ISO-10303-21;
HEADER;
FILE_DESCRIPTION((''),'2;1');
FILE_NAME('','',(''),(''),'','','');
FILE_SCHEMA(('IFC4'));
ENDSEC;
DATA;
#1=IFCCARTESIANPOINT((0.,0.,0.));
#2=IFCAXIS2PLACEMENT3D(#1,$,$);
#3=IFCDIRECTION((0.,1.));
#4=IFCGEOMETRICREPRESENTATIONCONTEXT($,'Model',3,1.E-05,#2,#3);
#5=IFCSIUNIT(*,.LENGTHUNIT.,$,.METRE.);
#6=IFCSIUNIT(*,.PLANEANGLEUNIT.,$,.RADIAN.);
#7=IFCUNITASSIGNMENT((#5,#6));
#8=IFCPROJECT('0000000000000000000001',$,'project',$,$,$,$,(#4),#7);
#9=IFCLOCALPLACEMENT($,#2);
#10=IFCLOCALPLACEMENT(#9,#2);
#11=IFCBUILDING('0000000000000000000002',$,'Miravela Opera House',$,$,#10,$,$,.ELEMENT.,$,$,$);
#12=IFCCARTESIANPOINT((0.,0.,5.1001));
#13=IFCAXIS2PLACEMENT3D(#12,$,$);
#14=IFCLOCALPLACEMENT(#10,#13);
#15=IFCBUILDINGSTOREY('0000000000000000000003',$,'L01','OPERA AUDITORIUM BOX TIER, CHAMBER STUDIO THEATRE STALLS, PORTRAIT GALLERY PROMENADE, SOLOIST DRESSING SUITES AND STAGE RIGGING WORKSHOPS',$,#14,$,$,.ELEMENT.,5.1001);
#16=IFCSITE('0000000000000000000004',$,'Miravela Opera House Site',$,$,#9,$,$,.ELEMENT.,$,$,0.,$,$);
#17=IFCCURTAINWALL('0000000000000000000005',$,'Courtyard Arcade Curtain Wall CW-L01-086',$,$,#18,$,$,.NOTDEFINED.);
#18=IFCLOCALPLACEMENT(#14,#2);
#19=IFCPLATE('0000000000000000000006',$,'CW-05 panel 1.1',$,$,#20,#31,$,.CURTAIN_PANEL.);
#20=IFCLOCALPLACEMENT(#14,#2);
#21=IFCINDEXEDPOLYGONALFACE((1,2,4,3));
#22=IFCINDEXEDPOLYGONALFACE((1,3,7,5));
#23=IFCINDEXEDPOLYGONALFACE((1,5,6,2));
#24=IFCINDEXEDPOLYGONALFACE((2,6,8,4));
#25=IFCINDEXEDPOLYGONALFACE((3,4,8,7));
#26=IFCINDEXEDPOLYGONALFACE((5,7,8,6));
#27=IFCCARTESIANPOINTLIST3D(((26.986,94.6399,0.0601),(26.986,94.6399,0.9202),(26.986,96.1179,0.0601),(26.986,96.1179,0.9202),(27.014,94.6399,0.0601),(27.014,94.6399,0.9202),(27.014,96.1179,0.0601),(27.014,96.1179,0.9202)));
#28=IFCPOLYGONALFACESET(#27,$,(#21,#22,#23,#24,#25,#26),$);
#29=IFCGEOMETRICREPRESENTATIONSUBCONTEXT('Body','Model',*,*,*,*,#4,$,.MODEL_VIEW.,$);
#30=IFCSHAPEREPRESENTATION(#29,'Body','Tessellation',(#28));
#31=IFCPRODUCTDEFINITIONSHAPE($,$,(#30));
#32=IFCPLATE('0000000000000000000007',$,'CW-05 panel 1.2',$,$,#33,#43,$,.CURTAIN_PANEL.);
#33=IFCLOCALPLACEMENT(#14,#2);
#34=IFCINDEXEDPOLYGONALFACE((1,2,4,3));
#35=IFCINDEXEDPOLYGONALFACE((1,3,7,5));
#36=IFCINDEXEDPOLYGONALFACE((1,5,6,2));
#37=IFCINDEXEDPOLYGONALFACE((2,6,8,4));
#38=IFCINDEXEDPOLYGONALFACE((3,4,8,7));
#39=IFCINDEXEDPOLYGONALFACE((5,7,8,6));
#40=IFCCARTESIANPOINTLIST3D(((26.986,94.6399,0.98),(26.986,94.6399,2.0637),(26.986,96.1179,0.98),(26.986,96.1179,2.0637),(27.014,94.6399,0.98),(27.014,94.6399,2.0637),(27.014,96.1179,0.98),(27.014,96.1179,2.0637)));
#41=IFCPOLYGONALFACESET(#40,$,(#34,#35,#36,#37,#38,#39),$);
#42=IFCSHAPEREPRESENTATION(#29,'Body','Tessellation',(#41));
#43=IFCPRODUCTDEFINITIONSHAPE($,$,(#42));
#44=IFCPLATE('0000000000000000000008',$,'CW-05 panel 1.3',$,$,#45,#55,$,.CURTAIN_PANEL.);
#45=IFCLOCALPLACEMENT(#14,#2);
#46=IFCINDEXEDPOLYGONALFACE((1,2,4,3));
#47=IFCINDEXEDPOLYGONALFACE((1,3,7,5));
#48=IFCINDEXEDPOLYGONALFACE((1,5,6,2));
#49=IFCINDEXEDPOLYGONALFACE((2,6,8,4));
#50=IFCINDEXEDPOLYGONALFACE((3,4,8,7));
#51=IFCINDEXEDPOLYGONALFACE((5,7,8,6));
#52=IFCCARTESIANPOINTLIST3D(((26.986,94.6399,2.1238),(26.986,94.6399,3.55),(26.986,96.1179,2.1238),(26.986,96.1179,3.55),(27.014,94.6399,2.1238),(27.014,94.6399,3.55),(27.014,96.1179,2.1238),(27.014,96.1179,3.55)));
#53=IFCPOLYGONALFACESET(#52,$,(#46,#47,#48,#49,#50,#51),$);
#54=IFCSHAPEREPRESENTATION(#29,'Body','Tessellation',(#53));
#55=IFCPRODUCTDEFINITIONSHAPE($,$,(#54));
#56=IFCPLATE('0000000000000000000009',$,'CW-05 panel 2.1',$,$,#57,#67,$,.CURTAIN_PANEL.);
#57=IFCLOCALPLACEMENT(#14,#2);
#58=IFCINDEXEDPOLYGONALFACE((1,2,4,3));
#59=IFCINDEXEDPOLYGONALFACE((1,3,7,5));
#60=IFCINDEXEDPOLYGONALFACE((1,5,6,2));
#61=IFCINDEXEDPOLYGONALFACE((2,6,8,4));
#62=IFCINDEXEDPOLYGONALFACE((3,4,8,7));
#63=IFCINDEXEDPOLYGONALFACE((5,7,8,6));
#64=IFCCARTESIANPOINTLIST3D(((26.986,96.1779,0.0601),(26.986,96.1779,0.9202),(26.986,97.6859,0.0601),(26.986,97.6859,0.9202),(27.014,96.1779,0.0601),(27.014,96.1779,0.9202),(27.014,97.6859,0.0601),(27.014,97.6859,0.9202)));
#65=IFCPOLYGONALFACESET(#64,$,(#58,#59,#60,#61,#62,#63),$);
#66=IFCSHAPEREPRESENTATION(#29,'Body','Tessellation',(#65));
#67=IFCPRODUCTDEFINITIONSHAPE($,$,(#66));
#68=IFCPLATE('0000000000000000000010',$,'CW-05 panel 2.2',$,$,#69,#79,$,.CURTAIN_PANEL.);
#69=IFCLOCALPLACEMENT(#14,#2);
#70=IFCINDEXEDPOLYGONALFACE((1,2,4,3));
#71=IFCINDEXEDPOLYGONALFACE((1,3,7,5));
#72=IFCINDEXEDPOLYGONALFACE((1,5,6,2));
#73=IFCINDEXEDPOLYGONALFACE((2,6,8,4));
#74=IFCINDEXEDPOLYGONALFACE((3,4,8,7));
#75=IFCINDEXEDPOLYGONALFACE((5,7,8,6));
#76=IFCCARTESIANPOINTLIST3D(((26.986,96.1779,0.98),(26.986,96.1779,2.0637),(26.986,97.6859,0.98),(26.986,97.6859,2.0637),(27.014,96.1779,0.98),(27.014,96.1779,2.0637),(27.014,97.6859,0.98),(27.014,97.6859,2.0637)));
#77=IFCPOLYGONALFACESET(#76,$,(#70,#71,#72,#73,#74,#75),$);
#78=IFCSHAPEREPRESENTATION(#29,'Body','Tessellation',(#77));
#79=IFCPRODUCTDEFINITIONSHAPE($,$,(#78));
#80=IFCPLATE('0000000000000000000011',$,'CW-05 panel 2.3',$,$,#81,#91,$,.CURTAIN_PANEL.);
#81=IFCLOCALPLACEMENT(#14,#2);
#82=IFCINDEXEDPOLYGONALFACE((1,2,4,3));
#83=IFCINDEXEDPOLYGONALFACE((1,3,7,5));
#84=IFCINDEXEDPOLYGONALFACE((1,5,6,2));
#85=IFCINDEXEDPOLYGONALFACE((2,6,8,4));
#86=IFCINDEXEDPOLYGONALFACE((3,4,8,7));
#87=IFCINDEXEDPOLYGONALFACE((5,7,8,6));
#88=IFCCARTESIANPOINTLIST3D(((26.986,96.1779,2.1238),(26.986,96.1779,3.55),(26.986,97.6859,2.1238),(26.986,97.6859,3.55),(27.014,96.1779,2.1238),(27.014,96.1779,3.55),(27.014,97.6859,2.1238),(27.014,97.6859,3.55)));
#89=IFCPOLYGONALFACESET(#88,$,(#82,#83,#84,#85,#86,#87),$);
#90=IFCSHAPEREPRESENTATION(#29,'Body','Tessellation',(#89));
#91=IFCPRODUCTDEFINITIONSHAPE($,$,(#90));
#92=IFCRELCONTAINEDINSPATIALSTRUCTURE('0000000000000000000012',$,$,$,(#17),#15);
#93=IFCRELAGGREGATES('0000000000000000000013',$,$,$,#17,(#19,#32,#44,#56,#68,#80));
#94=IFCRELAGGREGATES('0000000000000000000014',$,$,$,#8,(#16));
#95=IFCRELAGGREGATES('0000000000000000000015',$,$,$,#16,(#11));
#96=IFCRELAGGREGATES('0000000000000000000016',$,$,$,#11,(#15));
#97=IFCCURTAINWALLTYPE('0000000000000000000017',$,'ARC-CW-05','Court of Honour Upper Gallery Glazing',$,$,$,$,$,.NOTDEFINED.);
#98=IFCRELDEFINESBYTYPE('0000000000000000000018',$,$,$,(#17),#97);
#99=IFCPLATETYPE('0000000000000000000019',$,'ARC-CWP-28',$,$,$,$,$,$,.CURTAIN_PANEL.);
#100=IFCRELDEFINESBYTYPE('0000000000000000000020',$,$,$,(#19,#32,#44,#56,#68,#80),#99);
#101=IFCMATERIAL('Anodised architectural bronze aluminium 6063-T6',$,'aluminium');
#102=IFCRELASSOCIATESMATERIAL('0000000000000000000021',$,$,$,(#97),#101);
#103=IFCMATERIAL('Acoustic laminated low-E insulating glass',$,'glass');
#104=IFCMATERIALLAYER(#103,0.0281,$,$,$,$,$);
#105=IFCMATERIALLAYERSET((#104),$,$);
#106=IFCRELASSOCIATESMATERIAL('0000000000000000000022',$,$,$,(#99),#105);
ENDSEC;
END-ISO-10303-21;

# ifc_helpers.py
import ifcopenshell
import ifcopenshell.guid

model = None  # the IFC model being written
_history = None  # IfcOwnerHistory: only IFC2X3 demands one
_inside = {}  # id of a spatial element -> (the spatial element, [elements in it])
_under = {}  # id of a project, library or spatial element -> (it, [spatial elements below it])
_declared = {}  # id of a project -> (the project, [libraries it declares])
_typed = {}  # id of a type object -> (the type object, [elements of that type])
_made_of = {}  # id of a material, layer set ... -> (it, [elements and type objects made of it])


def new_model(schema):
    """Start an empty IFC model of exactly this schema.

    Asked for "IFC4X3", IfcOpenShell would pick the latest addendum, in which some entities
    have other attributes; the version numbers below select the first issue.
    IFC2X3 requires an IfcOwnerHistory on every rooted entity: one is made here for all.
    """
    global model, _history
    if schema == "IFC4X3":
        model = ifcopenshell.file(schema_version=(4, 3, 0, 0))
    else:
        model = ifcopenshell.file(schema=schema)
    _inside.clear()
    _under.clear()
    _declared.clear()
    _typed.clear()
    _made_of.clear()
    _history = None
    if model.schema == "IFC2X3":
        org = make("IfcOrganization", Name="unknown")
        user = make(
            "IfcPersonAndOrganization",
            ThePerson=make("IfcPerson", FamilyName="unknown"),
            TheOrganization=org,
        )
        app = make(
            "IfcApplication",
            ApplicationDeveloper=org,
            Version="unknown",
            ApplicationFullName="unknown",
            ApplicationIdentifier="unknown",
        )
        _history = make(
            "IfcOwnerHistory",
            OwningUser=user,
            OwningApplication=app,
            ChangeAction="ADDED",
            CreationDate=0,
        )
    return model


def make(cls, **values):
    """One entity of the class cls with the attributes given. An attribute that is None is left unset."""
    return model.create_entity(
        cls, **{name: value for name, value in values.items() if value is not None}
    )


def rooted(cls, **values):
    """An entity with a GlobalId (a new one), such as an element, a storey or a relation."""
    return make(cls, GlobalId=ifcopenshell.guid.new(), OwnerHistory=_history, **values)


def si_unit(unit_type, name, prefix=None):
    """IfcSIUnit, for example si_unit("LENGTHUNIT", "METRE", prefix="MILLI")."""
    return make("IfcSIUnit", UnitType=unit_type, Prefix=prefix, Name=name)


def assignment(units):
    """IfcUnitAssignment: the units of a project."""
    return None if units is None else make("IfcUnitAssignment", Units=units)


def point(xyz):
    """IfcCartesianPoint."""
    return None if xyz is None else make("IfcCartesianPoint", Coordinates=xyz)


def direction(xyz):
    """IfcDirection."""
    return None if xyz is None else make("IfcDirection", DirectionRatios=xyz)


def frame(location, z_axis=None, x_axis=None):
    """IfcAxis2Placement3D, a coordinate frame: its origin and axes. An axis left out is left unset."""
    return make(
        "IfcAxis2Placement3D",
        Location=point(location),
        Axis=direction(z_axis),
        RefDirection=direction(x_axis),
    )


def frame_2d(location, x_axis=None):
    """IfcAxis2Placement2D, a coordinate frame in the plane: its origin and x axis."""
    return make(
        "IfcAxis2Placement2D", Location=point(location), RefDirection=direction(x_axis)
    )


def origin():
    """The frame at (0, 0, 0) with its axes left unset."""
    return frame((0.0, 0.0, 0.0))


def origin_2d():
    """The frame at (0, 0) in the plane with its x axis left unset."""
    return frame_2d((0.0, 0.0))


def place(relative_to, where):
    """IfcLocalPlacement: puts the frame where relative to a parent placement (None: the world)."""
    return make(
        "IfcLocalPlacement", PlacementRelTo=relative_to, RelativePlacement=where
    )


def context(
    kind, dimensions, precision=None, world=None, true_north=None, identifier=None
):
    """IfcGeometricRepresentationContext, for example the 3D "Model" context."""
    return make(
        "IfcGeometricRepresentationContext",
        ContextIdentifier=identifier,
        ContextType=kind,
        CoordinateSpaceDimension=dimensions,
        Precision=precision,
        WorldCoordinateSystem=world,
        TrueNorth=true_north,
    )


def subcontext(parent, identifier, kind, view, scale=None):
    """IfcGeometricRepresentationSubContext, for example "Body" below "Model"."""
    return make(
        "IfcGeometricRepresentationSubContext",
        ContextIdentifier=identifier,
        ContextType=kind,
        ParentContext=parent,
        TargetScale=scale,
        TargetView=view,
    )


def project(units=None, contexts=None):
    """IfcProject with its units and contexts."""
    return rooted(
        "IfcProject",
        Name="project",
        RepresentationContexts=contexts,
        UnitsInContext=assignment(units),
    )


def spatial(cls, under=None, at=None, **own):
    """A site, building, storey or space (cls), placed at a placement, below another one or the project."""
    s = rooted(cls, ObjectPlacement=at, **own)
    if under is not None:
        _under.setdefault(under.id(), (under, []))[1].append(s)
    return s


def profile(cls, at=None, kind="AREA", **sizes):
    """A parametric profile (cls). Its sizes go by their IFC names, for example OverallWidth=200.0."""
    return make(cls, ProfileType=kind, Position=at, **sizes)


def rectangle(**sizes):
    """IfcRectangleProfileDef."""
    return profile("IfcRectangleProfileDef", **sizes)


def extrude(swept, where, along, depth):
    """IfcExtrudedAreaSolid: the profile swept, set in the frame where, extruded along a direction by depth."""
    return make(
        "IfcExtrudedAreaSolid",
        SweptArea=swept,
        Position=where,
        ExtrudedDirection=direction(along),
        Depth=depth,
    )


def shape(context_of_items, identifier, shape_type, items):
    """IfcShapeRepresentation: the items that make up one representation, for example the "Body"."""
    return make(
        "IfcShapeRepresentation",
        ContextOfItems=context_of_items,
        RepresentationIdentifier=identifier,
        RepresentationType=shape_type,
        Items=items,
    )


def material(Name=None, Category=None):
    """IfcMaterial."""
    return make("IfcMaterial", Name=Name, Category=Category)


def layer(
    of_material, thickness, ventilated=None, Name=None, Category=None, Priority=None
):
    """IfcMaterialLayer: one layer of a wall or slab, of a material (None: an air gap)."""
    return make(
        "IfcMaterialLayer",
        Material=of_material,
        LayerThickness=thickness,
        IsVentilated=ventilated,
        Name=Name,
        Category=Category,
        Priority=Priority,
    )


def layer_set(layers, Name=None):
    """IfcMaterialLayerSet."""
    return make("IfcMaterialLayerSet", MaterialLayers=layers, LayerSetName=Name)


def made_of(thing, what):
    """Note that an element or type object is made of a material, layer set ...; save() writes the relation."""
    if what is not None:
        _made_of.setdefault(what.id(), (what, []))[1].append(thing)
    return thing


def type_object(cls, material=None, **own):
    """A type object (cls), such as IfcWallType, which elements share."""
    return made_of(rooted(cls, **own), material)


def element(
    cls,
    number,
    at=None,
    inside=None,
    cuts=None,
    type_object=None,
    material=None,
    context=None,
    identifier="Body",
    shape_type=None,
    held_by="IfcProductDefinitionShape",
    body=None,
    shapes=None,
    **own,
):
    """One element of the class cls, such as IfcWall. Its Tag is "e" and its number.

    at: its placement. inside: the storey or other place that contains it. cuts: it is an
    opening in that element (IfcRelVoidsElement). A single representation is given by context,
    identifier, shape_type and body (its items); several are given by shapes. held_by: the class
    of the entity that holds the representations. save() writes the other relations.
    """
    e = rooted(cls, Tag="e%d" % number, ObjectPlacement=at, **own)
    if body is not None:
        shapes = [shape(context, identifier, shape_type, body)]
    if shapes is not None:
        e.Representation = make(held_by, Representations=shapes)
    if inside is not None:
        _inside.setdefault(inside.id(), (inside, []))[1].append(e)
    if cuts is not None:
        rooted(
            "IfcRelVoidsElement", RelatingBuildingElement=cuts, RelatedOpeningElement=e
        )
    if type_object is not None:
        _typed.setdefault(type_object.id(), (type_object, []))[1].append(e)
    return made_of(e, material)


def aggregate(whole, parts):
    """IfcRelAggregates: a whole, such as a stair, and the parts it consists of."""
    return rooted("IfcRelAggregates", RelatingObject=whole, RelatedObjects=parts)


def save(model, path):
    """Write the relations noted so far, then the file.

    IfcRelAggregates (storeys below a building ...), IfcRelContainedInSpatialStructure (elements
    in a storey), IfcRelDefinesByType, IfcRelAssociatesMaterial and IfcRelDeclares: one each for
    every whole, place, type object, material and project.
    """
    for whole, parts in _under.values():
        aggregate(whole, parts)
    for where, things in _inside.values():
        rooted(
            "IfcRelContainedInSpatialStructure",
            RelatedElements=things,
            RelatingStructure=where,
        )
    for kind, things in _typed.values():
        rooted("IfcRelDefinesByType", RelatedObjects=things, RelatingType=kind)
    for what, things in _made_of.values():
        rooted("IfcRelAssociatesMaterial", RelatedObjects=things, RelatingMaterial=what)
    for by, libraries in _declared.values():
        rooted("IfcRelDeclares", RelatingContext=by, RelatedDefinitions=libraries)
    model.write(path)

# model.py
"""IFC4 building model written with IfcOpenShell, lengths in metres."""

from ifc_helpers import new_model, si_unit, direction, frame, origin, origin_2d, place, context, subcontext, project, spatial, rectangle, extrude, material, layer, layer_set, type_object, element, aggregate, save


model = new_model("IFC4")

# Units and contexts
model_context = context("Model", 3, precision=1e-05, world=origin(), true_north=direction((0.0, 1.0)))
body_context = subcontext(model_context, "Body", "Model", "MODEL_VIEW")
ifc_project = project(units=[si_unit("LENGTHUNIT", "METRE"), si_unit("PLANEANGLEUNIT", "RADIAN")], contexts=[model_context])

# Site, building, storey
site_placement = place(None, origin())
site = spatial("IfcSite", under=ifc_project, at=site_placement, Name="Miravela Opera House Site", CompositionType="ELEMENT", RefElevation=0.0)
building_placement = place(site_placement, origin())
building = spatial("IfcBuilding", under=site, at=building_placement, Name="Miravela Opera House", CompositionType="ELEMENT")
storey_placement = place(building_placement, frame((0.0, 0.0, 5.1001)))
storey = spatial("IfcBuildingStorey", under=building, at=storey_placement, Name="L01", Description="OPERA AUDITORIUM BOX TIER, CHAMBER STUDIO THEATRE STALLS, PORTRAIT GALLERY PROMENADE, SOLOIST DRESSING SUITES AND STAGE RIGGING WORKSHOPS", CompositionType="ELEMENT", Elevation=5.1001)

# Shared definitions
ifc_material_1 = material(Name="Anodised architectural bronze aluminium 6063-T6", Category="aluminium")
curtain_wall_type = type_object("IfcCurtainWallType", Name="ARC-CW-05", Description="Court of Honour Upper Gallery Glazing", PredefinedType="NOTDEFINED", material=ifc_material_1)

# Curtain wall
curtain_wall_1_placement = place(storey_placement, origin())
curtain_wall_1 = element("IfcCurtainWall", 1, at=curtain_wall_1_placement, inside=storey, type_object=curtain_wall_type, Name="Courtyard Arcade Curtain Wall CW-L01-086", PredefinedType="NOTDEFINED")

# Plates
ifc_material_2 = material(Name="Acoustic laminated low-E insulating glass", Category="glass")
ifc_layer = layer(ifc_material_2, 0.0281)
ifc_layer_set = layer_set([ifc_layer])
plate_type = type_object("IfcPlateType", Name="ARC-CWP-28", PredefinedType="CURTAIN_PANEL", material=ifc_layer_set)
plate_1_placement = place(storey_placement, frame((27.0, 95.3789, 0.0601), z_axis=(0.0, 0.0, 1.0), x_axis=(0.0, 1.0, 0.0)))
plate_1 = element("IfcPlate", 2, at=plate_1_placement, type_object=plate_type, Name="CW-05 panel 1.1", PredefinedType="CURTAIN_PANEL", context=body_context, shape_type="SweptSolid", body=[
    extrude(rectangle(XDim=1.478, YDim=0.0281, at=origin_2d()), origin(), (0.0, 0.0, 1.0), 0.8601),
])
plate_2_placement = place(storey_placement, frame((27.0, 95.3789, 0.98), z_axis=(0.0, 0.0, 1.0), x_axis=(0.0, 1.0, 0.0)))
plate_2 = element("IfcPlate", 3, at=plate_2_placement, type_object=plate_type, Name="CW-05 panel 1.2", PredefinedType="CURTAIN_PANEL", context=body_context, shape_type="SweptSolid", body=[
    extrude(rectangle(XDim=1.478, YDim=0.0281, at=origin_2d()), origin(), (0.0, 0.0, 1.0), 1.0837),
])
plate_3_placement = place(storey_placement, frame((27.0, 95.3789, 2.1238), z_axis=(0.0, 0.0, 1.0), x_axis=(0.0, 1.0, 0.0)))
plate_3 = element("IfcPlate", 4, at=plate_3_placement, type_object=plate_type, Name="CW-05 panel 1.3", PredefinedType="CURTAIN_PANEL", context=body_context, shape_type="SweptSolid", body=[
    extrude(rectangle(XDim=1.478, YDim=0.0281, at=origin_2d()), origin(), (0.0, 0.0, 1.0), 1.4263),
])
plate_4_placement = place(storey_placement, frame((27.0, 96.9319, 0.0601), z_axis=(0.0, 0.0, 1.0), x_axis=(0.0, 1.0, 0.0)))
plate_4 = element("IfcPlate", 5, at=plate_4_placement, type_object=plate_type, Name="CW-05 panel 2.1", PredefinedType="CURTAIN_PANEL", context=body_context, shape_type="SweptSolid", body=[
    extrude(rectangle(XDim=1.5081, YDim=0.0281, at=origin_2d()), origin(), (0.0, 0.0, 1.0), 0.8601),
])
plate_5_placement = place(storey_placement, frame((27.0, 96.9319, 0.98), z_axis=(0.0, 0.0, 1.0), x_axis=(0.0, 1.0, 0.0)))
plate_5 = element("IfcPlate", 6, at=plate_5_placement, type_object=plate_type, Name="CW-05 panel 2.2", PredefinedType="CURTAIN_PANEL", context=body_context, shape_type="SweptSolid", body=[
    extrude(rectangle(XDim=1.5081, YDim=0.0281, at=origin_2d()), origin(), (0.0, 0.0, 1.0), 1.0837),
])
plate_6_placement = place(storey_placement, frame((27.0, 96.9319, 2.1238), z_axis=(0.0, 0.0, 1.0), x_axis=(0.0, 1.0, 0.0)))
plate_6 = element("IfcPlate", 7, at=plate_6_placement, type_object=plate_type, Name="CW-05 panel 2.3", PredefinedType="CURTAIN_PANEL", context=body_context, shape_type="SweptSolid", body=[
    extrude(rectangle(XDim=1.5081, YDim=0.0281, at=origin_2d()), origin(), (0.0, 0.0, 1.0), 1.4263),
])
aggregate(curtain_wall_1, [plate_1, plate_2, plate_3, plate_4, plate_5, plate_6])

save(model, "model.ifc")
